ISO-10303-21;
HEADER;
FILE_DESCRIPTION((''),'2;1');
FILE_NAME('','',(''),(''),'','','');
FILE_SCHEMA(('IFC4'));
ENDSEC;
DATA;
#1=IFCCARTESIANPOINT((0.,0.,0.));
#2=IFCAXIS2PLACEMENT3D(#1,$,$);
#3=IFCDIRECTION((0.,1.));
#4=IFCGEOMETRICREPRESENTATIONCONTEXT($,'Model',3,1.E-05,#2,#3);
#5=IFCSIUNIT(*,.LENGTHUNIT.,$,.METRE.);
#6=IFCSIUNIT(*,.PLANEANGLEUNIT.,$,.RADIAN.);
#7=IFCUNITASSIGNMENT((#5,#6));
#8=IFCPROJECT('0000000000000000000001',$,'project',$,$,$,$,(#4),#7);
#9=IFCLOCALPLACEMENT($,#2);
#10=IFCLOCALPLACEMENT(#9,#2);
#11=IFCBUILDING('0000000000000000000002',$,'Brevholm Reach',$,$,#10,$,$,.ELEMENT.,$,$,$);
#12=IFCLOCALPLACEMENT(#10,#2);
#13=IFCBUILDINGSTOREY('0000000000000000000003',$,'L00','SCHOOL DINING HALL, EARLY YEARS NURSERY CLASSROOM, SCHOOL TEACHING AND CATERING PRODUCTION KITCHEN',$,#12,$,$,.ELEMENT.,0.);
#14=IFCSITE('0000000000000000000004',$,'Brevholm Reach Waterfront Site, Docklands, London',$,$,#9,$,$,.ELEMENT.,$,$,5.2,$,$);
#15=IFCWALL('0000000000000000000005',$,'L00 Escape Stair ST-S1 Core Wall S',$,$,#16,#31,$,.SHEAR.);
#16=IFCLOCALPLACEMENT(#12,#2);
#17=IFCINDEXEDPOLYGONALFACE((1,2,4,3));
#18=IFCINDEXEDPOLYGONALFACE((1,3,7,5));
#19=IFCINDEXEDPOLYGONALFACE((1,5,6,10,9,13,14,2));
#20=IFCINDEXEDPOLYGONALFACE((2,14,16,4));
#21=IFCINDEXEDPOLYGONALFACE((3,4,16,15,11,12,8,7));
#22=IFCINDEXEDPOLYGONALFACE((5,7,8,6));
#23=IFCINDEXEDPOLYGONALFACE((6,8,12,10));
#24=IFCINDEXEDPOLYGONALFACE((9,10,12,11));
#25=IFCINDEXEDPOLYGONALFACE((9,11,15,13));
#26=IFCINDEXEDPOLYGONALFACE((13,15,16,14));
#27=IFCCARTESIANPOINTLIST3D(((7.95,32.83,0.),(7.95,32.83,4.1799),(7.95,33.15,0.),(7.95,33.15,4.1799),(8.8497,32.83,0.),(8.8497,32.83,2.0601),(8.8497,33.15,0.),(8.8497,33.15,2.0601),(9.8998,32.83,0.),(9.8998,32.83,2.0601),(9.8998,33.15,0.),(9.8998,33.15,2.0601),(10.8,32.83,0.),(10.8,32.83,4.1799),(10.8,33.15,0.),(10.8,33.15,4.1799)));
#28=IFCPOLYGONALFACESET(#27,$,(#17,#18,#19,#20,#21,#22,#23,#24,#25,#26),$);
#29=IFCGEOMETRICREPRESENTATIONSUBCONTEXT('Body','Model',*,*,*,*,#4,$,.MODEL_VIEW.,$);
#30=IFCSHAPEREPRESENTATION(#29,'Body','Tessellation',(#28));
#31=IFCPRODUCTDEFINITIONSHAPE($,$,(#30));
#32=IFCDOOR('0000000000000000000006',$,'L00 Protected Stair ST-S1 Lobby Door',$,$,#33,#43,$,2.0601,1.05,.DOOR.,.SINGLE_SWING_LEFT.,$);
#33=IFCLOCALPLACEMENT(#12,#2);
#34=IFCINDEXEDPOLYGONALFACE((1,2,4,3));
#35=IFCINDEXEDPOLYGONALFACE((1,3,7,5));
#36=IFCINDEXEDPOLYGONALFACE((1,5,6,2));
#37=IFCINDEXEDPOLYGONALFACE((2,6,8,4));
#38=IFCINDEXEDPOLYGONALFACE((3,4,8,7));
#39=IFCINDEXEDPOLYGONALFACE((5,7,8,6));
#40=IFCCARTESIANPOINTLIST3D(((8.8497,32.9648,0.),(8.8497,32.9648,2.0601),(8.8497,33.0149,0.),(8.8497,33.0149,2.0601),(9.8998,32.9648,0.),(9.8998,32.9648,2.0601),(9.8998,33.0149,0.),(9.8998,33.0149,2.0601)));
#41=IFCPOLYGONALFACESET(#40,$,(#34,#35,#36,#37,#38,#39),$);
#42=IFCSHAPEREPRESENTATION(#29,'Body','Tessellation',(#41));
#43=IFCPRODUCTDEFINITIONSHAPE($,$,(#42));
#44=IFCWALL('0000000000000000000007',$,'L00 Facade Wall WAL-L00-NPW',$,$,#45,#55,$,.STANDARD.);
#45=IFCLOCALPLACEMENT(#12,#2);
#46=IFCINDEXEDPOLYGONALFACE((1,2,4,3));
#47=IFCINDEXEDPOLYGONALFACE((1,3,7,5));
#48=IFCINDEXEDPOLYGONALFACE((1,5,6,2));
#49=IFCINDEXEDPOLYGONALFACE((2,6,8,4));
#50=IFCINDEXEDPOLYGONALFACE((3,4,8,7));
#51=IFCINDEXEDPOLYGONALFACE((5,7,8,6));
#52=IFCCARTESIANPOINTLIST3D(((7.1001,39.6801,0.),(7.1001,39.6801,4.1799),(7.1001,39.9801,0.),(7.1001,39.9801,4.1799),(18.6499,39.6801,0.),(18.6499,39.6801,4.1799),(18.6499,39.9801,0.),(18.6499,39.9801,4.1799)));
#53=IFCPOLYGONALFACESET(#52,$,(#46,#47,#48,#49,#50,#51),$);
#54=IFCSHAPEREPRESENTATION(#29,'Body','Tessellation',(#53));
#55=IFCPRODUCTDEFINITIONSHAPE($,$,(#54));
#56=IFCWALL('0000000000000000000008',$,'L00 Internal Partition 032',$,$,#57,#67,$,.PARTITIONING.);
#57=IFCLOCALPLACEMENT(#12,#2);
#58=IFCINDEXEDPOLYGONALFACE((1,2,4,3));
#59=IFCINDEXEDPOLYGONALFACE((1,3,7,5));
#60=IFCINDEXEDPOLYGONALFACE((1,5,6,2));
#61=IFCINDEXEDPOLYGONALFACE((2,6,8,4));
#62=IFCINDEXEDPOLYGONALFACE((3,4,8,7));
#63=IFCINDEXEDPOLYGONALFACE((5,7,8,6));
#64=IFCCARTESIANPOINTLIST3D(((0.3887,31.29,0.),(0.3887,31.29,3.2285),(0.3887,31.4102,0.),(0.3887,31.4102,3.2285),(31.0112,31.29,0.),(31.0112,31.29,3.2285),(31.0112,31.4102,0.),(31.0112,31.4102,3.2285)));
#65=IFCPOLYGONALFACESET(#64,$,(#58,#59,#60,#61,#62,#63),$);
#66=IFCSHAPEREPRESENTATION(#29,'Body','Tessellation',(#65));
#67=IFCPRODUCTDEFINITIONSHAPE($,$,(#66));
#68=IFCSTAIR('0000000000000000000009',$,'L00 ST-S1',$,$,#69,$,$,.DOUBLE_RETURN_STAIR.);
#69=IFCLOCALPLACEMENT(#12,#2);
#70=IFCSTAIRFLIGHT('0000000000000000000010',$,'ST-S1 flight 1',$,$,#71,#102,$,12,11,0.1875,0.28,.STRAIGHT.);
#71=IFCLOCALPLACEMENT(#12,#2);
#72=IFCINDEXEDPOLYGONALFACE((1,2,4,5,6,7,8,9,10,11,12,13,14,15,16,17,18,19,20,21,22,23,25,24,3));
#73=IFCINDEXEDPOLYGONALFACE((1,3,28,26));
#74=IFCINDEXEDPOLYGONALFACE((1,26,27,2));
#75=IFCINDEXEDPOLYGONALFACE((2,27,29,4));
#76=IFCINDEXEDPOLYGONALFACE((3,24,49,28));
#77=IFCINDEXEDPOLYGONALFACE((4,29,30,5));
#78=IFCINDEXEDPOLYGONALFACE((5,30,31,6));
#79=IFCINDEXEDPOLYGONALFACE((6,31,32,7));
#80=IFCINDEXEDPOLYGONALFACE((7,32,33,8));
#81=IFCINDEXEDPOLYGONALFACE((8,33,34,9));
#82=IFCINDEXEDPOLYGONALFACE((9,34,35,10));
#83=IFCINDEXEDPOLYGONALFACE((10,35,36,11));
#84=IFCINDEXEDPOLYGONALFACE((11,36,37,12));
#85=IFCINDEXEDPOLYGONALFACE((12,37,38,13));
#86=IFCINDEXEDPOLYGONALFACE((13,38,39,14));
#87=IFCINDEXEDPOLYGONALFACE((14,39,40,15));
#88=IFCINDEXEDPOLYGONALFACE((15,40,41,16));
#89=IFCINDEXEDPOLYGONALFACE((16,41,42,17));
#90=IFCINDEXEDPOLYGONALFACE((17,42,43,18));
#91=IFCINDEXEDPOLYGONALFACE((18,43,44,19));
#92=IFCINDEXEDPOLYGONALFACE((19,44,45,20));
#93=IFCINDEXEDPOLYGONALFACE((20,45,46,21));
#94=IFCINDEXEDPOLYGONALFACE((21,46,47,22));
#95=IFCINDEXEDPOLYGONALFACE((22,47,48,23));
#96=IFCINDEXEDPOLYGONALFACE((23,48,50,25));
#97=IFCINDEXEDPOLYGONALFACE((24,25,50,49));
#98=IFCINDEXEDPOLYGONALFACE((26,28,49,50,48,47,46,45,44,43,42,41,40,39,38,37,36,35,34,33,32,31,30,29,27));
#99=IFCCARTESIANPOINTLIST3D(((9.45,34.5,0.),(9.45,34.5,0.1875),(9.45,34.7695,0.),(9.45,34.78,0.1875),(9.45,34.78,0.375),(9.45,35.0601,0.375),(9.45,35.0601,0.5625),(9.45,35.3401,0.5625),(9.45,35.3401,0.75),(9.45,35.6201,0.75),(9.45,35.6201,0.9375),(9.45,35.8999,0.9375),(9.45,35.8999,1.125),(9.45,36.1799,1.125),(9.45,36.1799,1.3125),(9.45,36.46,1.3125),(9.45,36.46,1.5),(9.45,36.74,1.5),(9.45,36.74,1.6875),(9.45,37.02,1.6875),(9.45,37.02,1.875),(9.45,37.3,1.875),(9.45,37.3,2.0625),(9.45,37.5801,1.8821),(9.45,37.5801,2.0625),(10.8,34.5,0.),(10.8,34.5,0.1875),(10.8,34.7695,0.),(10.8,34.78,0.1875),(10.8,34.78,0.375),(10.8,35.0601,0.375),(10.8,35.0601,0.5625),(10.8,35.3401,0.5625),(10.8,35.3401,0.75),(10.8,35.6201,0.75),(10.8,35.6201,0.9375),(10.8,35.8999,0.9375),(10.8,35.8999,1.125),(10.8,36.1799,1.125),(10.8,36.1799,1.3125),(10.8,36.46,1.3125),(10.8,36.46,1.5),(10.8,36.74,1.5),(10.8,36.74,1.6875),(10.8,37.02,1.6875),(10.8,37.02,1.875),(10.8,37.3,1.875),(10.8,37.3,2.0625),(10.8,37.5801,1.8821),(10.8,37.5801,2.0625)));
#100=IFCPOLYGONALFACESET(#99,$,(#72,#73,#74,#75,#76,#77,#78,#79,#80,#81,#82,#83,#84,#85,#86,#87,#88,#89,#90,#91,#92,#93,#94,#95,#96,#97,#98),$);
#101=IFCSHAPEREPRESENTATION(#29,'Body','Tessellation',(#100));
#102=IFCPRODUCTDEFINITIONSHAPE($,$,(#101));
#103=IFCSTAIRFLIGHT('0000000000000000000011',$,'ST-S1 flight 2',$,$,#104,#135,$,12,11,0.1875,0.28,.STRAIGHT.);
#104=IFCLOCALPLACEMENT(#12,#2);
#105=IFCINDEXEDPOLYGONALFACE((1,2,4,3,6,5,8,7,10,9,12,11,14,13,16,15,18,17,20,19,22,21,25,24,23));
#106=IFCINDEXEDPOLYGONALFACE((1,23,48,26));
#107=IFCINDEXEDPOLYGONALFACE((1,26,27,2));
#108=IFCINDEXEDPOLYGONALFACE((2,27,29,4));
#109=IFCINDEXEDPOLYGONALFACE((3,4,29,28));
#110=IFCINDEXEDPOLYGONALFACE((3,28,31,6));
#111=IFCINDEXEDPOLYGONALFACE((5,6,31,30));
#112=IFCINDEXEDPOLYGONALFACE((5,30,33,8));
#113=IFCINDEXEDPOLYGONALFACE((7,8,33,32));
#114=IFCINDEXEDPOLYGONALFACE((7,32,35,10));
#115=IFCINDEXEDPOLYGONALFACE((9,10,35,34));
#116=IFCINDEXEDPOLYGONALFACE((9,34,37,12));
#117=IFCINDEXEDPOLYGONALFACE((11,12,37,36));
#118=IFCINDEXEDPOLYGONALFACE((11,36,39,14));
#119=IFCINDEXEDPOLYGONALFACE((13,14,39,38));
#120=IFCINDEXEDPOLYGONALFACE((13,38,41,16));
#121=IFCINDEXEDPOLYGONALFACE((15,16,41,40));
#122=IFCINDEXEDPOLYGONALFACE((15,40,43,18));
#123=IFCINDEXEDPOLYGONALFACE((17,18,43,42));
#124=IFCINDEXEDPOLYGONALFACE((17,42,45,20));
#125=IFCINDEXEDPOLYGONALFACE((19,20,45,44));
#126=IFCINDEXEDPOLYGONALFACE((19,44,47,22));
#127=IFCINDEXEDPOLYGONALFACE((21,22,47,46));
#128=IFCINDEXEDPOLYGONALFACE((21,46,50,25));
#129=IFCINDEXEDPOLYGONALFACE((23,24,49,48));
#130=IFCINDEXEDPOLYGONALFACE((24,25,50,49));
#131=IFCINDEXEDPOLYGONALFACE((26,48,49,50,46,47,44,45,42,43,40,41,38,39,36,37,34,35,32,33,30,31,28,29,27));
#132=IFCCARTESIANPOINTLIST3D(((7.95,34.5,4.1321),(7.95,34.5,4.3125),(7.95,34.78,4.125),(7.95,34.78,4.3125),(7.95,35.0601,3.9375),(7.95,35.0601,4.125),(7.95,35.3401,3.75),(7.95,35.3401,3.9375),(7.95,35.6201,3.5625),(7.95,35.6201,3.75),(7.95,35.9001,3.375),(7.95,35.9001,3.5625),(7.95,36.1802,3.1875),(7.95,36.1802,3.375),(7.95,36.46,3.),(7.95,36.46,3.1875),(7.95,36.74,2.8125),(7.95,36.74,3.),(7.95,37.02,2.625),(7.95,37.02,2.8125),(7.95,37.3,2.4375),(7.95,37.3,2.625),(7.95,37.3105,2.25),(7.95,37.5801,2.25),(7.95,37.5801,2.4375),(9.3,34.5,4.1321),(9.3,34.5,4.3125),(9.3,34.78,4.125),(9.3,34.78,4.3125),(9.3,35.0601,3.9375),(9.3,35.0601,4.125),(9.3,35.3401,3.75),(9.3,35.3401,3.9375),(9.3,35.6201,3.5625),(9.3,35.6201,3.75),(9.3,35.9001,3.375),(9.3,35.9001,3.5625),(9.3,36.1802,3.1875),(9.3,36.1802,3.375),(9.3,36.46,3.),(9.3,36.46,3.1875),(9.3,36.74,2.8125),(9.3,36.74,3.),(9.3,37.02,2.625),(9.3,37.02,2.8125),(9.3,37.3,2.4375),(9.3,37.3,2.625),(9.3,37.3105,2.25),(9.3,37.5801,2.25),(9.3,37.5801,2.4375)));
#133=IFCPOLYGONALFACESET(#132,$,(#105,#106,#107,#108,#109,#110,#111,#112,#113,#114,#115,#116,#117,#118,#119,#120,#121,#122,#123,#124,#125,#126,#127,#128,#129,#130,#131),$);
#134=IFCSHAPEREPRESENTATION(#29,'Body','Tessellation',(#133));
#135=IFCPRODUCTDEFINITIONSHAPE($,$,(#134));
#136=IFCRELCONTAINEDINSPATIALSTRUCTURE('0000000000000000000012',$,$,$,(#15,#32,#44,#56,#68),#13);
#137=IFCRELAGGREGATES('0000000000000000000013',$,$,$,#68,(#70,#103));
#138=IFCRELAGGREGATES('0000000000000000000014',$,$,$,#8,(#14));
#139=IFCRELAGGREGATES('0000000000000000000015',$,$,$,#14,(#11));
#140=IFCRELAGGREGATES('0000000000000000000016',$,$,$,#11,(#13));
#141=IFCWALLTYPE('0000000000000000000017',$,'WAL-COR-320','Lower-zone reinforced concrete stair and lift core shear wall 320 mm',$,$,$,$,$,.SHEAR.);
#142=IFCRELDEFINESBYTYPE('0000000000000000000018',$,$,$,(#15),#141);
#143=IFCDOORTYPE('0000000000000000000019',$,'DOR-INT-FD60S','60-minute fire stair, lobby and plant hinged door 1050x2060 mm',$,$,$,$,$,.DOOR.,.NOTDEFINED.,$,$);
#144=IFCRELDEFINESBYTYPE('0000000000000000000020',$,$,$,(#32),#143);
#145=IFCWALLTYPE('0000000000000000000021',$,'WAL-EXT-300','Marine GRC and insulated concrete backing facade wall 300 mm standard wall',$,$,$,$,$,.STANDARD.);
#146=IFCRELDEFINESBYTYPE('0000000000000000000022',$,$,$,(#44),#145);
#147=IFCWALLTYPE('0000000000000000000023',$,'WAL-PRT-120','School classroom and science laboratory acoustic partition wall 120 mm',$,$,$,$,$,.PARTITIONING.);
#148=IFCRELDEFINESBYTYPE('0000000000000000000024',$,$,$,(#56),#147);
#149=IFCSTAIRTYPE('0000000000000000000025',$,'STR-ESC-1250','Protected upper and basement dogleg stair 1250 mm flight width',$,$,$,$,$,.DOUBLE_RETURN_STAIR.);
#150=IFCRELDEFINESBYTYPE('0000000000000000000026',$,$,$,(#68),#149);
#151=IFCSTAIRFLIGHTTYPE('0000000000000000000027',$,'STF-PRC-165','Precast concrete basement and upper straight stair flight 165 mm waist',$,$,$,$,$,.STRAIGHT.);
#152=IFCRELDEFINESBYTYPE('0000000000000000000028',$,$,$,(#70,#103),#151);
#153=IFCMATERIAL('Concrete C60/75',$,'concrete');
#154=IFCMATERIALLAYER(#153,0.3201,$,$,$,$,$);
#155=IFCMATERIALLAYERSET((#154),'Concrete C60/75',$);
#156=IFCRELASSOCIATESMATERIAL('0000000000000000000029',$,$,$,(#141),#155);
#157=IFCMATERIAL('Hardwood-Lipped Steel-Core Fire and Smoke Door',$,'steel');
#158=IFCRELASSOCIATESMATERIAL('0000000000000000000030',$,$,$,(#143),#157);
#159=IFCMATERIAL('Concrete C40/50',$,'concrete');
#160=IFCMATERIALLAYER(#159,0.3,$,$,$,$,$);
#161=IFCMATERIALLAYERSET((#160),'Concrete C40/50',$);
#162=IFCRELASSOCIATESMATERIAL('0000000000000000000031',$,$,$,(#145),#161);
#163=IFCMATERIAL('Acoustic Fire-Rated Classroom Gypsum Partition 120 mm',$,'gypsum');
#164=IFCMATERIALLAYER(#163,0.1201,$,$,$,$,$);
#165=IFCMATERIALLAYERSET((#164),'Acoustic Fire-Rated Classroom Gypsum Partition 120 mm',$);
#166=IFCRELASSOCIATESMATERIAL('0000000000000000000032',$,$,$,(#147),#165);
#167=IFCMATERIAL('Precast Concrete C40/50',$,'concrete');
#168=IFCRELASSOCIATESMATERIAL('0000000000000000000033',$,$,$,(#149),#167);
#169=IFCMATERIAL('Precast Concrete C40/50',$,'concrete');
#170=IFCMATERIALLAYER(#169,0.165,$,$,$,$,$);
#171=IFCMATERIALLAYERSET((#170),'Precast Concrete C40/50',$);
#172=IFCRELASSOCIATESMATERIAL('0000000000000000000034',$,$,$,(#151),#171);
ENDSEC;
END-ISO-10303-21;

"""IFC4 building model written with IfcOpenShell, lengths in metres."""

from ifc_helpers import new_model, si_unit, direction, frame, frame_2d, origin, place, context, subcontext, project, spatial, polyline, rectangle, outline, extrude, material, layer, layer_set, type_object, element, fill, aggregate, save


model = new_model("IFC4")

# Units and contexts
model_context = context("Model", 3, precision=1e-05, world=origin(), true_north=direction((0.0, 1.0)))
body_context = subcontext(model_context, "Body", "Model", "MODEL_VIEW")
ifc_project = project(units=[si_unit("LENGTHUNIT", "METRE"), si_unit("PLANEANGLEUNIT", "RADIAN")], contexts=[model_context])

# Site, building, storey
site_placement = place(None, origin())
site = spatial("IfcSite", under=ifc_project, at=site_placement, Name="Brevholm Reach Waterfront Site, Docklands, London", CompositionType="ELEMENT", RefElevation=5.2)
building_placement = place(site_placement, origin())
building = spatial("IfcBuilding", under=site, at=building_placement, Name="Brevholm Reach", CompositionType="ELEMENT")
storey_placement = place(building_placement, origin())
storey = spatial("IfcBuildingStorey", under=building, at=storey_placement, Name="L00", Description="SCHOOL DINING HALL, EARLY YEARS NURSERY CLASSROOM, SCHOOL TEACHING AND CATERING PRODUCTION KITCHEN", CompositionType="ELEMENT", Elevation=0.0)

# Shared definitions
ifc_material_1 = material(Name="Concrete C60/75", Category="concrete")
ifc_layer_1 = layer(ifc_material_1, 0.3201)
ifc_layer_set_1 = layer_set([ifc_layer_1], Name="Concrete C60/75")
wall_type_1 = type_object("IfcWallType", Name="WAL-COR-320", Description="Lower-zone reinforced concrete stair and lift core shear wall 320 mm", PredefinedType="SHEAR", material=ifc_layer_set_1)

# Wall, opening, door
wall_1_placement = place(storey_placement, frame((7.95, 32.99, 0.0), z_axis=(0.0, 0.0, 1.0), x_axis=(1.0, 0.0, 0.0)))
wall_1 = element("IfcWall", 1, at=wall_1_placement, inside=storey, type_object=wall_type_1, Name="L00 Escape Stair ST-S1 Core Wall S", PredefinedType="SHEAR", context=body_context, shape_type="SweptSolid", body=[
    extrude(rectangle(XDim=2.8501, YDim=0.3201, at=frame_2d((1.425, 0.0))), origin(), (0.0, 0.0, 1.0), 4.1799),
])
opening_placement = place(wall_1_placement, frame((0.8999, 0.0, 0.0)))
opening = element("IfcOpeningElement", 2, at=opening_placement, cuts=wall_1, PredefinedType="OPENING", context=body_context, shape_type="SweptSolid", body=[
    extrude(rectangle(XDim=1.05, YDim=2.0601, at=frame_2d((0.5249, 1.03))), frame((0.0, 0.1699, 0.0), z_axis=(0.0, -1.0, 0.0), x_axis=(1.0, 0.0, 0.0)), (0.0, 0.0, 1.0), 0.3401),
])
ifc_material_2 = material(Name="Hardwood-Lipped Steel-Core Fire and Smoke Door", Category="steel")
door_type = type_object("IfcDoorType", Name="DOR-INT-FD60S", Description="60-minute fire stair, lobby and plant hinged door 1050x2060 mm", OperationType="NOTDEFINED", PredefinedType="DOOR", material=ifc_material_2)
door_placement = place(opening_placement, origin())
door = element("IfcDoor", 3, at=door_placement, inside=storey, type_object=door_type, Name="L00 Protected Stair ST-S1 Lobby Door", OperationType="SINGLE_SWING_LEFT", OverallHeight=2.0601, OverallWidth=1.05, PredefinedType="DOOR", context=body_context, shape_type="SweptSolid", body=[
    extrude(rectangle(XDim=1.05, YDim=2.0601, at=frame_2d((0.5249, 1.03))), frame((0.0, 0.0249, 0.0), z_axis=(0.0, -1.0, 0.0), x_axis=(1.0, 0.0, 0.0)), (0.0, 0.0, 1.0), 0.05),
])
fill(opening, door)

# Walls
ifc_material_3 = material(Name="Concrete C40/50", Category="concrete")
ifc_layer_2 = layer(ifc_material_3, 0.3)
ifc_layer_set_2 = layer_set([ifc_layer_2], Name="Concrete C40/50")
wall_type_2 = type_object("IfcWallType", Name="WAL-EXT-300", Description="Marine GRC and insulated concrete backing facade wall 300 mm standard wall", PredefinedType="STANDARD", material=ifc_layer_set_2)
wall_2_placement = place(storey_placement, frame((7.1001, 39.8301, 0.0), z_axis=(0.0, 0.0, 1.0), x_axis=(1.0, 0.0, 0.0)))
element("IfcWall", 4, at=wall_2_placement, inside=storey, type_object=wall_type_2, Name="L00 Facade Wall WAL-L00-NPW", PredefinedType="STANDARD", context=body_context, shape_type="SweptSolid", body=[
    extrude(rectangle(XDim=11.5498, YDim=0.3, at=frame_2d((5.7749, 0.0))), origin(), (0.0, 0.0, 1.0), 4.1799),
])
ifc_material_4 = material(Name="Acoustic Fire-Rated Classroom Gypsum Partition 120 mm", Category="gypsum")
ifc_layer_3 = layer(ifc_material_4, 0.1201)
ifc_layer_set_3 = layer_set([ifc_layer_3], Name="Acoustic Fire-Rated Classroom Gypsum Partition 120 mm")
wall_type_3 = type_object("IfcWallType", Name="WAL-PRT-120", Description="School classroom and science laboratory acoustic partition wall 120 mm", PredefinedType="PARTITIONING", material=ifc_layer_set_3)
wall_3_placement = place(storey_placement, frame((0.3887, 31.3501, 0.0), z_axis=(0.0, 0.0, 1.0), x_axis=(1.0, 0.0, 0.0)))
element("IfcWall", 5, at=wall_3_placement, inside=storey, type_object=wall_type_3, Name="L00 Internal Partition 032", PredefinedType="PARTITIONING", context=body_context, shape_type="SweptSolid", body=[
    extrude(rectangle(XDim=30.6226, YDim=0.1201, at=frame_2d((15.3113, 0.0))), origin(), (0.0, 0.0, 1.0), 3.2285),
])

# Stair, stair flights
ifc_material_5 = material(Name="Precast Concrete C40/50", Category="concrete")
stair_type = type_object("IfcStairType", Name="STR-ESC-1250", Description="Protected upper and basement dogleg stair 1250 mm flight width", PredefinedType="DOUBLE_RETURN_STAIR", material=ifc_material_5)
stair_placement = place(storey_placement, origin())
stair = element("IfcStair", 6, at=stair_placement, inside=storey, type_object=stair_type, Name="L00 ST-S1", PredefinedType="DOUBLE_RETURN_STAIR")
ifc_material_6 = material(Name="Precast Concrete C40/50", Category="concrete")
ifc_layer_4 = layer(ifc_material_6, 0.165)
ifc_layer_set_4 = layer_set([ifc_layer_4], Name="Precast Concrete C40/50")
stair_flight_type = type_object("IfcStairFlightType", Name="STF-PRC-165", Description="Precast concrete basement and upper straight stair flight 165 mm waist", PredefinedType="STRAIGHT", material=ifc_layer_set_4)
stair_flight_1_placement = place(storey_placement, frame((10.125, 34.5, 0.0), z_axis=(0.0, 0.0, 1.0), x_axis=(0.0, 1.0, 0.0)))
stair_flight_1 = element("IfcStairFlight", 7, at=stair_flight_1_placement, type_object=stair_flight_type, Name="ST-S1 flight 1", NumberOfRisers=12, NumberOfTreads=11, PredefinedType="STRAIGHT", RiserHeight=0.1875, TreadLength=0.28, context=body_context, shape_type="SweptSolid", body=[
    extrude(outline(polyline([(0.0, 0.0), (0.0, 0.1875), (0.28, 0.1875), (0.28, 0.375), (0.5601, 0.375), (0.5601, 0.5625), (0.8401, 0.5625), (0.8401, 0.75), (1.1201, 0.75), (1.1201, 0.9375), (1.3999, 0.9375), (1.3999, 1.125), (1.6799, 1.125), (1.6799, 1.3125), (1.96, 1.3125), (1.96, 1.5), (2.24, 1.5), (2.24, 1.6875), (2.52, 1.6875), (2.52, 1.875), (2.8, 1.875), (2.8, 2.0625), (3.0801, 2.0625), (3.0801, 2.25), (3.0801, 1.8821), (0.2695, 0.0), (0.0, 0.0)])), frame((0.0, 0.675, 0.0), z_axis=(0.0, -1.0, 0.0), x_axis=(1.0, 0.0, 0.0)), (0.0, 0.0, 1.0), 1.3501),
])
stair_flight_2_placement = place(storey_placement, frame((8.625, 37.5801, 2.25), z_axis=(0.0, 0.0, 1.0), x_axis=(0.0, -1.0, 0.0)))
stair_flight_2 = element("IfcStairFlight", 8, at=stair_flight_2_placement, type_object=stair_flight_type, Name="ST-S1 flight 2", NumberOfRisers=12, NumberOfTreads=11, PredefinedType="STRAIGHT", RiserHeight=0.1875, TreadLength=0.28, context=body_context, shape_type="SweptSolid", body=[
    extrude(outline(polyline([(0.0, 0.0), (0.0, 0.1875), (0.28, 0.1875), (0.28, 0.375), (0.5601, 0.375), (0.5601, 0.5625), (0.8401, 0.5625), (0.8401, 0.75), (1.1201, 0.75), (1.1201, 0.9375), (1.3999, 0.9375), (1.3999, 1.125), (1.6799, 1.125), (1.6799, 1.3125), (1.96, 1.3125), (1.96, 1.5), (2.24, 1.5), (2.24, 1.6875), (2.52, 1.6875), (2.52, 1.875), (2.8, 1.875), (2.8, 2.0625), (3.0801, 2.0625), (3.0801, 2.25), (3.0801, 1.8821), (0.2695, 0.0), (0.0, 0.0)])), frame((0.0, 0.675, 0.0), z_axis=(0.0, -1.0, 0.0), x_axis=(1.0, 0.0, 0.0)), (0.0, 0.0, 1.0), 1.3501),
])
aggregate(stair, [stair_flight_1, stair_flight_2])

save(model, "model.ifc")
